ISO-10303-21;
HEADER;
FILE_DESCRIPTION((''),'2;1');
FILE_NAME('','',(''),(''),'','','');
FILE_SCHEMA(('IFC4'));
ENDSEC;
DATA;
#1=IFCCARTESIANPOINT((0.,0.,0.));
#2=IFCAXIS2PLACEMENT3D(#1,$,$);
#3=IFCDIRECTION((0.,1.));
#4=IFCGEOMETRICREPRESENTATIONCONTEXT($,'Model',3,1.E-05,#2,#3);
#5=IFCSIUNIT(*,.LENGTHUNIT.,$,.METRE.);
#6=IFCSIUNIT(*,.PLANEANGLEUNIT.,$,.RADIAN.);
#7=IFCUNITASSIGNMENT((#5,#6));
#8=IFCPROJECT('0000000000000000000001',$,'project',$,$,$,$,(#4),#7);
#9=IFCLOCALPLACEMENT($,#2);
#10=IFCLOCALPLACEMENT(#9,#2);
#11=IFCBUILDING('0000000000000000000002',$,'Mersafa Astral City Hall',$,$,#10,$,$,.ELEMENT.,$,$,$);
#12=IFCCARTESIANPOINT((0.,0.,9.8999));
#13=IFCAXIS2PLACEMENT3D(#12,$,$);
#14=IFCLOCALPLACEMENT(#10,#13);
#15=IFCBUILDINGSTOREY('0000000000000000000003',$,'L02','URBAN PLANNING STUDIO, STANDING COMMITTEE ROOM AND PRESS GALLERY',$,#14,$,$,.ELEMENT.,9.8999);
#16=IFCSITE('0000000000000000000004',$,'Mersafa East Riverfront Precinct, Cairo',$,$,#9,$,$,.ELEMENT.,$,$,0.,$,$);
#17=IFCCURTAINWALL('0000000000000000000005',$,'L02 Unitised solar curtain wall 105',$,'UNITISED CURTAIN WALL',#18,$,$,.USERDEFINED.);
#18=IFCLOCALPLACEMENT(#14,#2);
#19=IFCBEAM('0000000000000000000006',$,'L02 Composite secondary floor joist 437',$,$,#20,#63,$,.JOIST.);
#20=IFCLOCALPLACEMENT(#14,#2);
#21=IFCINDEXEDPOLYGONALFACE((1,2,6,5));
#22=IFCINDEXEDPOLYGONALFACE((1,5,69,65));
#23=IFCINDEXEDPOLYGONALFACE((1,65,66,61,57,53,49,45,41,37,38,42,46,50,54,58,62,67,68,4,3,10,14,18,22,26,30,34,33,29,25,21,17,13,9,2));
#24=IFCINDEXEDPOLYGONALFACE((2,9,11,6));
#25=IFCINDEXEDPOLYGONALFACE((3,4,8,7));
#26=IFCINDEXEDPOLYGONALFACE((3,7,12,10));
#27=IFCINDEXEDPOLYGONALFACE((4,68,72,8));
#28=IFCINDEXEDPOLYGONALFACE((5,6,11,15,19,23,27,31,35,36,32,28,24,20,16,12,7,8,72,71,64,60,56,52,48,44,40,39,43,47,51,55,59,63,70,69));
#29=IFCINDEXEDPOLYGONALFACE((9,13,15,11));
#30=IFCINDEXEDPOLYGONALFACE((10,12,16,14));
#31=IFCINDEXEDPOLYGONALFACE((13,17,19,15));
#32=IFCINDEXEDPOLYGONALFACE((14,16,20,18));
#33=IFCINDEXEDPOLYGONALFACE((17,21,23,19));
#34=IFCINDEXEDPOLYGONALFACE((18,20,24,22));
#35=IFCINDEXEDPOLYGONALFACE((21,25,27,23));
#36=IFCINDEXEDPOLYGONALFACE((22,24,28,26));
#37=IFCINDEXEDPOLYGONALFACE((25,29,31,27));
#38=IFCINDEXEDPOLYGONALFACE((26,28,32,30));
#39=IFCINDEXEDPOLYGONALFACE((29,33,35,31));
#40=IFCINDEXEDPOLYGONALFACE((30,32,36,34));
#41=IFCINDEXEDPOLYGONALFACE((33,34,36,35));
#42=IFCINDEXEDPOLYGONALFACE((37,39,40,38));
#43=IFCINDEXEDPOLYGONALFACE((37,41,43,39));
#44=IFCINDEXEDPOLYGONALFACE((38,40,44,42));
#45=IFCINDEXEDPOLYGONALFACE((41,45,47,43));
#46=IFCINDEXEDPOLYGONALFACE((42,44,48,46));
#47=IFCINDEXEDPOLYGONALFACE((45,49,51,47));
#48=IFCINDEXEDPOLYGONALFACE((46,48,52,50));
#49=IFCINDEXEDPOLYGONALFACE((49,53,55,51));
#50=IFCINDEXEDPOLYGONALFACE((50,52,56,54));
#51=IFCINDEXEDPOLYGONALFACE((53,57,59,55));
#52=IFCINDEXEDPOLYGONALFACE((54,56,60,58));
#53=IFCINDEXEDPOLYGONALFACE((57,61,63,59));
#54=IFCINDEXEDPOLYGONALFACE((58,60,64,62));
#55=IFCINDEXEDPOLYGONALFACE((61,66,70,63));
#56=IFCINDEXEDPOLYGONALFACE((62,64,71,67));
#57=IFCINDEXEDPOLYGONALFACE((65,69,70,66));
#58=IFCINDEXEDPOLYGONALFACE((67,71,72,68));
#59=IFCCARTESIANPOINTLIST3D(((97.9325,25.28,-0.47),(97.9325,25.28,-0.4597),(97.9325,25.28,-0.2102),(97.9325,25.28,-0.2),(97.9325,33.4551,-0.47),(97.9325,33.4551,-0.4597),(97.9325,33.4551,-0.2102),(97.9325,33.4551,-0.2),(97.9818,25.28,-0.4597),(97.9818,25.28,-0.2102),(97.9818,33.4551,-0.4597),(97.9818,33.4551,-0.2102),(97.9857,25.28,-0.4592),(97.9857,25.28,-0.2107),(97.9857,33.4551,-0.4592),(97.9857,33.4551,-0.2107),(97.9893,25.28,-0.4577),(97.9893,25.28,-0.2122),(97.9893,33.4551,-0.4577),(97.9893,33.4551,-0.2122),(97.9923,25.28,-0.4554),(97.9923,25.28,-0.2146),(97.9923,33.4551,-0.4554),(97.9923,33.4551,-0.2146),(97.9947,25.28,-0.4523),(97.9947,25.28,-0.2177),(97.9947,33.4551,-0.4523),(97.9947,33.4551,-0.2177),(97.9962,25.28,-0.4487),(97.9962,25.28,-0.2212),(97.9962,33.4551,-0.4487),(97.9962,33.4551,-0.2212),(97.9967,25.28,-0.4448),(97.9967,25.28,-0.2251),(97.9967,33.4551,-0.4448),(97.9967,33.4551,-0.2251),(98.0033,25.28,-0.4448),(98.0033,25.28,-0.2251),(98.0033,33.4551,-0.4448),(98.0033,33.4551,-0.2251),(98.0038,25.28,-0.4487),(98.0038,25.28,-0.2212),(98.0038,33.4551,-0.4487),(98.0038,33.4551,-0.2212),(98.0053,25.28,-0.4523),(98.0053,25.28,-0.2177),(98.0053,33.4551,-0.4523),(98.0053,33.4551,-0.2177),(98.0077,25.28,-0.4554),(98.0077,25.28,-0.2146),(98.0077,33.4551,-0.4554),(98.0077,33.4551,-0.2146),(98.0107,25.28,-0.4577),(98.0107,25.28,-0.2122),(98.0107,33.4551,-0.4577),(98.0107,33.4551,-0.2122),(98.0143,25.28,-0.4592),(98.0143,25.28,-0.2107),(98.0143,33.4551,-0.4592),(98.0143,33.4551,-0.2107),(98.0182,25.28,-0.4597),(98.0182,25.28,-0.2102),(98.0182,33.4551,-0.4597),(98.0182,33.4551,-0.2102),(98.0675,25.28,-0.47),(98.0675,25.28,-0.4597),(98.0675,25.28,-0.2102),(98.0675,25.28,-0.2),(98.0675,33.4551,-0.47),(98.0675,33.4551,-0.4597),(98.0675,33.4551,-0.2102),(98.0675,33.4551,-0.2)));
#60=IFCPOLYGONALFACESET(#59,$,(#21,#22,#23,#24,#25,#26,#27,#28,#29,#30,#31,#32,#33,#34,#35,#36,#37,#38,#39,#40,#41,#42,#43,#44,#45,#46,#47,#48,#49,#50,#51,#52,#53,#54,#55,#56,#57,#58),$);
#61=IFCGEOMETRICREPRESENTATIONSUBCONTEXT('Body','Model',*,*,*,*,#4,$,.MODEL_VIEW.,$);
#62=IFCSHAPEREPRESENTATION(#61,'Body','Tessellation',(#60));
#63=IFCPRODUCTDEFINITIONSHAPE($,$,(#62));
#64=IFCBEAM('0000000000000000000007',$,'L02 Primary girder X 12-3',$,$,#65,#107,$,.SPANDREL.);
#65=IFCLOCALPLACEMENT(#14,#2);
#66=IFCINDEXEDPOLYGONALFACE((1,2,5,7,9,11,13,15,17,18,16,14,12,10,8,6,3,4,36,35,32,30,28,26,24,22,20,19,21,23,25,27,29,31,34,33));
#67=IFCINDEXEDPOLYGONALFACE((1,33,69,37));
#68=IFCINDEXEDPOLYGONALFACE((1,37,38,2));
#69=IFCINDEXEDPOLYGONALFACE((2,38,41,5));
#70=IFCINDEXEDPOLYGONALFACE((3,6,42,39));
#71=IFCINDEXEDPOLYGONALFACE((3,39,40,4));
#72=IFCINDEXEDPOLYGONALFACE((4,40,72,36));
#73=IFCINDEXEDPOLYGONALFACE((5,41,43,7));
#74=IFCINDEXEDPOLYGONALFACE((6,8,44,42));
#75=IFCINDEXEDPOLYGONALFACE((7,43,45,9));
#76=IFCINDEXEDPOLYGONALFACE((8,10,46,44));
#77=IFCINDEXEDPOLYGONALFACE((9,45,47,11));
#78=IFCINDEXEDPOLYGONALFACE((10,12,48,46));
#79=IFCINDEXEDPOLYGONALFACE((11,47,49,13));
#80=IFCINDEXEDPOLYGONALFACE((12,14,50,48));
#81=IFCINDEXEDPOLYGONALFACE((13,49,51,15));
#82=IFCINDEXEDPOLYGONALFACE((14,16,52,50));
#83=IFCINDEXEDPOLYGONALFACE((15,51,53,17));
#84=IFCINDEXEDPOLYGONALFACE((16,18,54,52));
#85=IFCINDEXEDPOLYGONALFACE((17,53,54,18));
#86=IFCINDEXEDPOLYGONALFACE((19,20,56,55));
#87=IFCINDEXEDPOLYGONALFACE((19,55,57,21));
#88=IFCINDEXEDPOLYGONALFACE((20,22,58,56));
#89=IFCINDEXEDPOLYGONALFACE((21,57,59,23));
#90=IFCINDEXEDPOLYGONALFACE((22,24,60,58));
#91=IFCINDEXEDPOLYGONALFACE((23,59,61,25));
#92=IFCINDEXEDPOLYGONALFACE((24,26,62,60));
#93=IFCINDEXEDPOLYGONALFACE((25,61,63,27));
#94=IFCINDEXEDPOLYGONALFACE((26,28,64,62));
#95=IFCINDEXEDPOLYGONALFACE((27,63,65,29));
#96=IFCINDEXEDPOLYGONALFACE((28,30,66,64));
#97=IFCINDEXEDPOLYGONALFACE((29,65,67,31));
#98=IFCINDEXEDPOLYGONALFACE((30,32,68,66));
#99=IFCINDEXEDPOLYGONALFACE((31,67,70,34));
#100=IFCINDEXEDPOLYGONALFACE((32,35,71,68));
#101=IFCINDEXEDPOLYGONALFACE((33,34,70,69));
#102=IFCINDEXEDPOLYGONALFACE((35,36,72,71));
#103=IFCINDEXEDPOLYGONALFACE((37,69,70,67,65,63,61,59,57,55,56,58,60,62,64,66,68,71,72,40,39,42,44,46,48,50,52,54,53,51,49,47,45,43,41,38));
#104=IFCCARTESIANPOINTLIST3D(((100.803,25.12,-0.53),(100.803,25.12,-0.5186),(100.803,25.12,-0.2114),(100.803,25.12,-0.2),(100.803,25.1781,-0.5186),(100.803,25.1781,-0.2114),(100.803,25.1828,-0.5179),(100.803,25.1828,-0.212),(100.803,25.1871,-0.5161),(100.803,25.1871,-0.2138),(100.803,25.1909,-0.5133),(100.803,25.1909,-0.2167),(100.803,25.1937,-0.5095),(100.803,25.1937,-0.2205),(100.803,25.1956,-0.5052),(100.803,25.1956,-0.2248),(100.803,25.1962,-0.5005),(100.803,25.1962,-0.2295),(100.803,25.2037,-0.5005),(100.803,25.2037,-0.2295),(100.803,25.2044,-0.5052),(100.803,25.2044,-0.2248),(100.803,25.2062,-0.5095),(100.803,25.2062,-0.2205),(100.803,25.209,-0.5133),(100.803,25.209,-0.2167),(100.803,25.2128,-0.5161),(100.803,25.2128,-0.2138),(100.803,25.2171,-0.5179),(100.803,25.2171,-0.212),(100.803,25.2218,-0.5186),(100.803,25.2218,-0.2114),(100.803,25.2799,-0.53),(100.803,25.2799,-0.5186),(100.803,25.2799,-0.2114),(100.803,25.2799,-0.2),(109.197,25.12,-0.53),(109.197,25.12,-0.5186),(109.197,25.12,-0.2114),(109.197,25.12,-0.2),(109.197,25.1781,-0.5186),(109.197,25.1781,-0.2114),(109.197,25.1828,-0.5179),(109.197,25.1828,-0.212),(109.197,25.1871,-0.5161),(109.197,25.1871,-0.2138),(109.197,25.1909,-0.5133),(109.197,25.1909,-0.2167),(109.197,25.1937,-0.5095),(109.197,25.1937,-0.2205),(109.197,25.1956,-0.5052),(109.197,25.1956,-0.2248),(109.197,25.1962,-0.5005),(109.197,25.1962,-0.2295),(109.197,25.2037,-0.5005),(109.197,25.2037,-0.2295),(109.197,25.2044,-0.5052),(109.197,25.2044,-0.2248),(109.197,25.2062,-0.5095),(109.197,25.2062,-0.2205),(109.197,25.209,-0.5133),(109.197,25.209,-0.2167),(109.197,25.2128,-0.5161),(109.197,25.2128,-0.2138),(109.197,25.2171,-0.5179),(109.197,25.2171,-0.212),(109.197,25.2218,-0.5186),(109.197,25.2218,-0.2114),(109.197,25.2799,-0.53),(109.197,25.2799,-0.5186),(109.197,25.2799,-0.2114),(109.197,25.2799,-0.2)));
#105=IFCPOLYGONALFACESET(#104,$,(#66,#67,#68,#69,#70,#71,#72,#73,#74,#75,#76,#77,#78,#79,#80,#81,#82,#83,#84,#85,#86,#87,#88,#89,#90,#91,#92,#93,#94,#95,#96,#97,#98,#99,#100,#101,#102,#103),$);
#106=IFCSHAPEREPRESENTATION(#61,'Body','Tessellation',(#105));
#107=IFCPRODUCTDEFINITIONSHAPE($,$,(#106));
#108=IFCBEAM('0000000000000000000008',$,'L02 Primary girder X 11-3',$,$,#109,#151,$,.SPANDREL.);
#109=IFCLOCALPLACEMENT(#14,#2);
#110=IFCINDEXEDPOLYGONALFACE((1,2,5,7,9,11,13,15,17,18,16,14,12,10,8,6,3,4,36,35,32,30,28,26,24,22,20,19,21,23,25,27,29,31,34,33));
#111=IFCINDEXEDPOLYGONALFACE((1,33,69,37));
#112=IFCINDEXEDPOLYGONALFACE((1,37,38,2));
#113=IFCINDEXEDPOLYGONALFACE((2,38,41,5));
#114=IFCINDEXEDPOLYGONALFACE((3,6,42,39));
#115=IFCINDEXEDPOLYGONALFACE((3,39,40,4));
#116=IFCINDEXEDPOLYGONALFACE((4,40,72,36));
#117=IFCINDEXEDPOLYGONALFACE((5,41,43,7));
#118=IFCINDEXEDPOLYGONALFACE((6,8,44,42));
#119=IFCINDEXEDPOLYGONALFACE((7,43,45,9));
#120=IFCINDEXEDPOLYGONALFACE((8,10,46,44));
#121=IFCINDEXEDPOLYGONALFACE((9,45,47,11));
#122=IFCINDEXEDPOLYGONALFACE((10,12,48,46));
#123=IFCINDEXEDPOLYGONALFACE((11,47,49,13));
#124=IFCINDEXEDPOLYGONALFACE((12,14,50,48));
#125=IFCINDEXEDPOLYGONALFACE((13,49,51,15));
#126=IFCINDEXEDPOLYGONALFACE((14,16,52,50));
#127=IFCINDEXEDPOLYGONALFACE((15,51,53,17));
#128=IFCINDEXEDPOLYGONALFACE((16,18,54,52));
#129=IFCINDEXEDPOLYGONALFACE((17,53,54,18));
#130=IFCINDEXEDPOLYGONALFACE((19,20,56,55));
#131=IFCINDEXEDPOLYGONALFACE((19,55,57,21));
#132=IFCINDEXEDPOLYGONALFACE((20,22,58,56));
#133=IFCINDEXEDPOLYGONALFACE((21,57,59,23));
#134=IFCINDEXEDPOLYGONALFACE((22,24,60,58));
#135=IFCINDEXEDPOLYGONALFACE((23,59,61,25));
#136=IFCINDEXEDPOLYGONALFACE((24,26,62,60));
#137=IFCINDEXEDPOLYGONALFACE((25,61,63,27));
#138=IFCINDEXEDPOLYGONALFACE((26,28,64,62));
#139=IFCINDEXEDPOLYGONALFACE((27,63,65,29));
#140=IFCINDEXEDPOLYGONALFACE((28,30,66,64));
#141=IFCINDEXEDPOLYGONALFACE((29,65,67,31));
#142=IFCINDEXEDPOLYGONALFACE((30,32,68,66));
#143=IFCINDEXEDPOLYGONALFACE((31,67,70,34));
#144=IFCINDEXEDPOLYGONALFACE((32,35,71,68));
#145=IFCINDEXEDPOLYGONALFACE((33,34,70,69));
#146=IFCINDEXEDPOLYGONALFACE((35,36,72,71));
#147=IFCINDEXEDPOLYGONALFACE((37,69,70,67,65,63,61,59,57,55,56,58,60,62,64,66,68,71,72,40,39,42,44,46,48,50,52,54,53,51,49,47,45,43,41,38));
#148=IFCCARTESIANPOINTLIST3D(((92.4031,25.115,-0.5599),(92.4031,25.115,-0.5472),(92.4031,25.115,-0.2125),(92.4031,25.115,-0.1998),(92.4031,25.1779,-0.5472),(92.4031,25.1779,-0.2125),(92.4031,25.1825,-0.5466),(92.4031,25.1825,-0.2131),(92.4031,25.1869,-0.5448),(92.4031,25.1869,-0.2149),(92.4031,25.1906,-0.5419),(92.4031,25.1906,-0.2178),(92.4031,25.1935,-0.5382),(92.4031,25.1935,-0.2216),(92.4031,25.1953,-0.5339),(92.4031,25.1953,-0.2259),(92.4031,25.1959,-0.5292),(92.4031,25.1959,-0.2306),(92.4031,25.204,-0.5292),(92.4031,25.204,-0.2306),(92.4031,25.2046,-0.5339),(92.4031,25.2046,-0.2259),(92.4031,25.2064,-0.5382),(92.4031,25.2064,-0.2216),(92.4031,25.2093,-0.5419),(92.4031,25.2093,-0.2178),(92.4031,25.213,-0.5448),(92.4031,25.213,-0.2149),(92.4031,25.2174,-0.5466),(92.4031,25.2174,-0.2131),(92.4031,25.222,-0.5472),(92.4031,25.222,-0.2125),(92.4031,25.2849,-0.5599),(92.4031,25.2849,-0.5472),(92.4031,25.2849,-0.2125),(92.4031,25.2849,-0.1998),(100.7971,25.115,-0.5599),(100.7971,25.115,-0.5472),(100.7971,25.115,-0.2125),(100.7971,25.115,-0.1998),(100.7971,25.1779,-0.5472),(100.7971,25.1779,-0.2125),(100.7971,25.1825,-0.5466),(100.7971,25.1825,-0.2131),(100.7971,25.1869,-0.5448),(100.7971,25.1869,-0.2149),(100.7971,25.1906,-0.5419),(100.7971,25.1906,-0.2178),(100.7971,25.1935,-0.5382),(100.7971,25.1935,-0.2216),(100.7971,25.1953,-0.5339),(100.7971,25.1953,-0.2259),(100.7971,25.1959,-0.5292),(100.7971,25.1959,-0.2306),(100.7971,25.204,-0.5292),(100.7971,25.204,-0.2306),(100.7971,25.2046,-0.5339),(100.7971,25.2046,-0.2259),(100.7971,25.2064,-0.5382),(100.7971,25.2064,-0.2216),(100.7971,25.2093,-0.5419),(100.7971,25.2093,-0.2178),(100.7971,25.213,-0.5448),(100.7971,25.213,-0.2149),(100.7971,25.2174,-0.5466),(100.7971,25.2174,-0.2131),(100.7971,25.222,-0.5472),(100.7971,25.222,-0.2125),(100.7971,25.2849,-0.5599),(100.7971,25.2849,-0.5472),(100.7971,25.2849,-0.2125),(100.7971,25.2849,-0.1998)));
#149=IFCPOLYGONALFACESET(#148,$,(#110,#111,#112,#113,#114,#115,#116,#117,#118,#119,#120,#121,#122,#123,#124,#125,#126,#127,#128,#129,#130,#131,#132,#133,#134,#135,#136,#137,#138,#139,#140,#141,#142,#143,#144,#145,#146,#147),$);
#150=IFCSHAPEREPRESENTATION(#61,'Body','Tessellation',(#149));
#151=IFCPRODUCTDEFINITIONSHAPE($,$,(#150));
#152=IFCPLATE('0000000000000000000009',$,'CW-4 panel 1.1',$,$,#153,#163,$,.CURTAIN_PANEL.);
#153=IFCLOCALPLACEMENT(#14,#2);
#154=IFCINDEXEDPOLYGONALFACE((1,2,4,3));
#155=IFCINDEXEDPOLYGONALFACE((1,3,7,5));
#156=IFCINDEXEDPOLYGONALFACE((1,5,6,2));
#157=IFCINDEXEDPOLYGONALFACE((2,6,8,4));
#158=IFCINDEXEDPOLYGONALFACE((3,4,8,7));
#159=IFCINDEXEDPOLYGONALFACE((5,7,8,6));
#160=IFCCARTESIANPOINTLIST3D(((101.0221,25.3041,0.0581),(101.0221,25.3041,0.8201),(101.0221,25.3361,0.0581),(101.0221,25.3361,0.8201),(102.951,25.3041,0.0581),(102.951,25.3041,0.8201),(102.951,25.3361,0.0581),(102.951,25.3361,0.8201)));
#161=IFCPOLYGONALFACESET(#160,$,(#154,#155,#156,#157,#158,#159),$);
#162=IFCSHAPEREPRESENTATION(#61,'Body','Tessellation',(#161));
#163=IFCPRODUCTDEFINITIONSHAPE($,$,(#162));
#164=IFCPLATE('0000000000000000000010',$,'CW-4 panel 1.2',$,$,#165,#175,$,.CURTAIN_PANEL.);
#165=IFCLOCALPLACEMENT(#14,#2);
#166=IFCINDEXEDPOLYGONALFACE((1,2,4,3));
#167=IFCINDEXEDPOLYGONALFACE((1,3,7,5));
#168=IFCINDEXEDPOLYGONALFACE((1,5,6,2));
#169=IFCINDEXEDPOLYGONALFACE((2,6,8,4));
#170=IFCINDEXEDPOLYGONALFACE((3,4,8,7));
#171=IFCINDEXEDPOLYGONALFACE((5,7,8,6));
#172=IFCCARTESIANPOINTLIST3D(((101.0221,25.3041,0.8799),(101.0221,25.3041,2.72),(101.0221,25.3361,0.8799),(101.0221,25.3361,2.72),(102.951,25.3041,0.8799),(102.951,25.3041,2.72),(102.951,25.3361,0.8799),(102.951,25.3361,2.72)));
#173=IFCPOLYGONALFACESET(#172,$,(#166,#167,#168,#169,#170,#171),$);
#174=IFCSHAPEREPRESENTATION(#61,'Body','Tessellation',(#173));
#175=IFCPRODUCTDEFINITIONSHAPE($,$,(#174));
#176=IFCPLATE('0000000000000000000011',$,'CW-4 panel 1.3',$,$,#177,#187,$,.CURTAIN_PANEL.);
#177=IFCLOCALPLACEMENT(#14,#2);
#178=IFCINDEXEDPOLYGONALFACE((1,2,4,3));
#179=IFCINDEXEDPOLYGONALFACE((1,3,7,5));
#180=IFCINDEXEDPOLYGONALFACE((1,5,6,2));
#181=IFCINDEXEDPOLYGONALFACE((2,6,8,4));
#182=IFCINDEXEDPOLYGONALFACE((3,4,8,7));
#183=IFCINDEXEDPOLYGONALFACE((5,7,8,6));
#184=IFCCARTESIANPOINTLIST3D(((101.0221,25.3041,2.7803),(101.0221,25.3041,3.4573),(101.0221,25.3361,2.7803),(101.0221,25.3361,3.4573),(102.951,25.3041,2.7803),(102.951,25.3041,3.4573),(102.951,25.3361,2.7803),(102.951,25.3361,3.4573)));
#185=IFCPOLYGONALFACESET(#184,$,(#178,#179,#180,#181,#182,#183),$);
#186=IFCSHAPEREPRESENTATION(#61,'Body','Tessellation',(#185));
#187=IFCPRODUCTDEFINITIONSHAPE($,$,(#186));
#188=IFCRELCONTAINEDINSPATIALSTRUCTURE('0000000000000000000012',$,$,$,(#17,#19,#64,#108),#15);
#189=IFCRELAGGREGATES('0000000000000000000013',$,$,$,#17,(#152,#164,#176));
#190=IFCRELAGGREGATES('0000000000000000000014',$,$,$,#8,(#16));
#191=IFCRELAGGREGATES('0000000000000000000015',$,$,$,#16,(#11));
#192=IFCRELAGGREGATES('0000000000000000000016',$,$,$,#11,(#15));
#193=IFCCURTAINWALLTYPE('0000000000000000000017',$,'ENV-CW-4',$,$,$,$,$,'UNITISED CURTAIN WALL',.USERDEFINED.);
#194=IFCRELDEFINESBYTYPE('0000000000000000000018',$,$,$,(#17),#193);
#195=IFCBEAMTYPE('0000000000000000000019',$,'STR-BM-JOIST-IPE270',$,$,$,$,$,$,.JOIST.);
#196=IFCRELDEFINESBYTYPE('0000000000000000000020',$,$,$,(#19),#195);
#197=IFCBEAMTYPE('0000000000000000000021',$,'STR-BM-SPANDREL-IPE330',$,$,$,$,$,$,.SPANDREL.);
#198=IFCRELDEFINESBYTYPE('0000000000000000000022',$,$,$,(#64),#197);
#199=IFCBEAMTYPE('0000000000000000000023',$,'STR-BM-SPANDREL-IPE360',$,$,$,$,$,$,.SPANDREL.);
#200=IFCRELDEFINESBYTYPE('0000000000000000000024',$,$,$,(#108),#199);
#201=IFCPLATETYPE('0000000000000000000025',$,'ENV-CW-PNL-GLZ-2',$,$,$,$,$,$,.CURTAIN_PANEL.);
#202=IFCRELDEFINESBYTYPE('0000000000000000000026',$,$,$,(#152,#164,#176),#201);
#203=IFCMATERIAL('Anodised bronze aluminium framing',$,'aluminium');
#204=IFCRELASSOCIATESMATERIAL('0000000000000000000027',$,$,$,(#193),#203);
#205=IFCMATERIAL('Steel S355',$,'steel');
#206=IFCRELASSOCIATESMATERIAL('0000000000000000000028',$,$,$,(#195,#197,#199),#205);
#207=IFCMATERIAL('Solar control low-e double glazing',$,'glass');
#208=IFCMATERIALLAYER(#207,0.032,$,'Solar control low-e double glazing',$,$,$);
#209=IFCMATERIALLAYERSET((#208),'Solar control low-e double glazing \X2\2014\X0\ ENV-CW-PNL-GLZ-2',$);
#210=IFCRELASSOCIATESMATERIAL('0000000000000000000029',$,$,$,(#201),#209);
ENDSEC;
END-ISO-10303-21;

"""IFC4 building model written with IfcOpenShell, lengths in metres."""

from ifc_helpers import new_model, si_unit, direction, frame, origin, origin_2d, place, context, subcontext, project, spatial, rectangle, i_section, extrude, material, layer, layer_set, material_profile, profile_set, type_object, element, aggregate, save


model = new_model("IFC4")

# Units and contexts
model_context = context("Model", 3, precision=1e-05, world=origin(), true_north=direction((0.0, 1.0)))
body_context = subcontext(model_context, "Body", "Model", "MODEL_VIEW")
ifc_project = project(units=[si_unit("LENGTHUNIT", "METRE"), si_unit("PLANEANGLEUNIT", "RADIAN")], contexts=[model_context])

# Site, building, storey
site_placement = place(None, origin())
site = spatial("IfcSite", under=ifc_project, at=site_placement, Name="Mersafa East Riverfront Precinct, Cairo", CompositionType="ELEMENT", RefElevation=0.0)
building_placement = place(site_placement, origin())
building = spatial("IfcBuilding", under=site, at=building_placement, Name="Mersafa Astral City Hall", CompositionType="ELEMENT")
storey_placement = place(building_placement, frame((0.0, 0.0, 9.8999)))
storey = spatial("IfcBuildingStorey", under=building, at=storey_placement, Name="L02", Description="URBAN PLANNING STUDIO, STANDING COMMITTEE ROOM AND PRESS GALLERY", CompositionType="ELEMENT", Elevation=9.8999)

# Shared definitions
ifc_material_1 = material(Name="Steel S355", Category="steel")

# Curtain wall
ifc_material_2 = material(Name="Anodised bronze aluminium framing", Category="aluminium")
curtain_wall_type = type_object("IfcCurtainWallType", Name="ENV-CW-4", ElementType="UNITISED CURTAIN WALL", PredefinedType="USERDEFINED", material=ifc_material_2)
curtain_wall_placement = place(storey_placement, origin())
curtain_wall = element("IfcCurtainWall", 1, at=curtain_wall_placement, inside=storey, type_object=curtain_wall_type, Name="L02 Unitised solar curtain wall 105", ObjectType="UNITISED CURTAIN WALL", PredefinedType="USERDEFINED")

# Beams
ifc_material_profile_1 = material_profile(ifc_material_1, i_section(OverallWidth=0.135, OverallDepth=0.27, WebThickness=0.0066, FlangeThickness=0.0103, FilletRadius=0.0149, at=origin_2d()), Name="IPE 270")
ifc_profile_set_1 = profile_set([ifc_material_profile_1], Name="Steel S355")
beam_type_1 = type_object("IfcBeamType", Name="STR-BM-JOIST-IPE270", PredefinedType="JOIST", material=ifc_profile_set_1)
for number, where, z_axis, x_axis, name in (
    (2, (98.0, 25.28, -0.335), (0.0, 1.0, 0.0), (-1.0, 0.0, 0.0), "L02 Composite secondary floor joist 437"),
):
    element("IfcBeam", number, at=place(storey_placement, frame(where, z_axis=z_axis, x_axis=x_axis)), inside=storey, type_object=beam_type_1, Name=name, PredefinedType="JOIST", context=body_context, shape_type="SweptSolid", body=[
        extrude(i_section(OverallWidth=0.135, OverallDepth=0.27, WebThickness=0.0066, FlangeThickness=0.0103, FilletRadius=0.0149, at=origin_2d()), origin(), (0.0, 0.0, 1.0), 8.175),
    ])
ifc_material_profile_2 = material_profile(ifc_material_1, i_section(OverallWidth=0.1599, OverallDepth=0.3301, WebThickness=0.0076, FlangeThickness=0.0115, FilletRadius=0.0181, at=origin_2d()), Name="IPE 330")
ifc_profile_set_2 = profile_set([ifc_material_profile_2], Name="Steel S355")
beam_type_2 = type_object("IfcBeamType", Name="STR-BM-SPANDREL-IPE330", PredefinedType="SPANDREL", material=ifc_profile_set_2)
beam_1_placement = place(storey_placement, frame((100.803, 25.2, -0.365), z_axis=(1.0, 0.0, 0.0), x_axis=(0.0, 1.0, 0.0)))
element("IfcBeam", 3, at=beam_1_placement, inside=storey, type_object=beam_type_2, Name="L02 Primary girder X 12-3", PredefinedType="SPANDREL", context=body_context, shape_type="SweptSolid", body=[
    extrude(i_section(OverallWidth=0.1599, OverallDepth=0.3301, WebThickness=0.0076, FlangeThickness=0.0115, FilletRadius=0.0181, at=origin_2d()), origin(), (0.0, 0.0, 1.0), 8.394),
])
ifc_material_profile_3 = material_profile(ifc_material_1, i_section(OverallWidth=0.1699, OverallDepth=0.3601, WebThickness=0.0081, FlangeThickness=0.0127, FilletRadius=0.0181, at=origin_2d()), Name="IPE 360")
ifc_profile_set_3 = profile_set([ifc_material_profile_3], Name="Steel S355")
beam_type_3 = type_object("IfcBeamType", Name="STR-BM-SPANDREL-IPE360", PredefinedType="SPANDREL", material=ifc_profile_set_3)
beam_2_placement = place(storey_placement, frame((92.4031, 25.2, -0.3799), z_axis=(1.0, 0.0, 0.0), x_axis=(0.0, 1.0, 0.0)))
element("IfcBeam", 4, at=beam_2_placement, inside=storey, type_object=beam_type_3, Name="L02 Primary girder X 11-3", PredefinedType="SPANDREL", context=body_context, shape_type="SweptSolid", body=[
    extrude(i_section(OverallWidth=0.1699, OverallDepth=0.3601, WebThickness=0.0081, FlangeThickness=0.0127, FilletRadius=0.0181, at=origin_2d()), origin(), (0.0, 0.0, 1.0), 8.394),
])

# Plates
ifc_material_3 = material(Name="Solar control low-e double glazing", Category="glass")
ifc_layer_1 = layer(ifc_material_3, 0.032, Name="Solar control low-e double glazing")
ifc_layer_set_1 = layer_set([ifc_layer_1], Name="Solar control low-e double glazing — ENV-CW-PNL-GLZ-2")
plate_type = type_object("IfcPlateType", Name="ENV-CW-PNL-GLZ-2", PredefinedType="CURTAIN_PANEL", material=ifc_layer_set_1)
plate_1_placement = place(storey_placement, frame((101.9866, 25.3201, 0.0581), z_axis=(0.0, 0.0, 1.0), x_axis=(1.0, 0.0, 0.0)))
plate_1 = element("IfcPlate", 5, at=plate_1_placement, type_object=plate_type, Name="CW-4 panel 1.1", PredefinedType="CURTAIN_PANEL", context=body_context, shape_type="SweptSolid", body=[
    extrude(rectangle(XDim=1.929, YDim=0.032, at=origin_2d()), origin(), (0.0, 0.0, 1.0), 0.762),
])
plate_2_placement = place(storey_placement, frame((101.9866, 25.3201, 0.8799), z_axis=(0.0, 0.0, 1.0), x_axis=(1.0, 0.0, 0.0)))
plate_2 = element("IfcPlate", 6, at=plate_2_placement, type_object=plate_type, Name="CW-4 panel 1.2", PredefinedType="CURTAIN_PANEL", context=body_context, shape_type="SweptSolid", body=[
    extrude(rectangle(XDim=1.929, YDim=0.032, at=origin_2d()), origin(), (0.0, 0.0, 1.0), 1.8401),
])
plate_3_placement = place(storey_placement, frame((101.9866, 25.3201, 2.7803), z_axis=(0.0, 0.0, 1.0), x_axis=(1.0, 0.0, 0.0)))
plate_3 = element("IfcPlate", 7, at=plate_3_placement, type_object=plate_type, Name="CW-4 panel 1.3", PredefinedType="CURTAIN_PANEL", context=body_context, shape_type="SweptSolid", body=[
    extrude(rectangle(XDim=1.929, YDim=0.032, at=origin_2d()), origin(), (0.0, 0.0, 1.0), 0.677),
])
aggregate(curtain_wall, [plate_1, plate_2, plate_3])

save(model, "model.ifc")
